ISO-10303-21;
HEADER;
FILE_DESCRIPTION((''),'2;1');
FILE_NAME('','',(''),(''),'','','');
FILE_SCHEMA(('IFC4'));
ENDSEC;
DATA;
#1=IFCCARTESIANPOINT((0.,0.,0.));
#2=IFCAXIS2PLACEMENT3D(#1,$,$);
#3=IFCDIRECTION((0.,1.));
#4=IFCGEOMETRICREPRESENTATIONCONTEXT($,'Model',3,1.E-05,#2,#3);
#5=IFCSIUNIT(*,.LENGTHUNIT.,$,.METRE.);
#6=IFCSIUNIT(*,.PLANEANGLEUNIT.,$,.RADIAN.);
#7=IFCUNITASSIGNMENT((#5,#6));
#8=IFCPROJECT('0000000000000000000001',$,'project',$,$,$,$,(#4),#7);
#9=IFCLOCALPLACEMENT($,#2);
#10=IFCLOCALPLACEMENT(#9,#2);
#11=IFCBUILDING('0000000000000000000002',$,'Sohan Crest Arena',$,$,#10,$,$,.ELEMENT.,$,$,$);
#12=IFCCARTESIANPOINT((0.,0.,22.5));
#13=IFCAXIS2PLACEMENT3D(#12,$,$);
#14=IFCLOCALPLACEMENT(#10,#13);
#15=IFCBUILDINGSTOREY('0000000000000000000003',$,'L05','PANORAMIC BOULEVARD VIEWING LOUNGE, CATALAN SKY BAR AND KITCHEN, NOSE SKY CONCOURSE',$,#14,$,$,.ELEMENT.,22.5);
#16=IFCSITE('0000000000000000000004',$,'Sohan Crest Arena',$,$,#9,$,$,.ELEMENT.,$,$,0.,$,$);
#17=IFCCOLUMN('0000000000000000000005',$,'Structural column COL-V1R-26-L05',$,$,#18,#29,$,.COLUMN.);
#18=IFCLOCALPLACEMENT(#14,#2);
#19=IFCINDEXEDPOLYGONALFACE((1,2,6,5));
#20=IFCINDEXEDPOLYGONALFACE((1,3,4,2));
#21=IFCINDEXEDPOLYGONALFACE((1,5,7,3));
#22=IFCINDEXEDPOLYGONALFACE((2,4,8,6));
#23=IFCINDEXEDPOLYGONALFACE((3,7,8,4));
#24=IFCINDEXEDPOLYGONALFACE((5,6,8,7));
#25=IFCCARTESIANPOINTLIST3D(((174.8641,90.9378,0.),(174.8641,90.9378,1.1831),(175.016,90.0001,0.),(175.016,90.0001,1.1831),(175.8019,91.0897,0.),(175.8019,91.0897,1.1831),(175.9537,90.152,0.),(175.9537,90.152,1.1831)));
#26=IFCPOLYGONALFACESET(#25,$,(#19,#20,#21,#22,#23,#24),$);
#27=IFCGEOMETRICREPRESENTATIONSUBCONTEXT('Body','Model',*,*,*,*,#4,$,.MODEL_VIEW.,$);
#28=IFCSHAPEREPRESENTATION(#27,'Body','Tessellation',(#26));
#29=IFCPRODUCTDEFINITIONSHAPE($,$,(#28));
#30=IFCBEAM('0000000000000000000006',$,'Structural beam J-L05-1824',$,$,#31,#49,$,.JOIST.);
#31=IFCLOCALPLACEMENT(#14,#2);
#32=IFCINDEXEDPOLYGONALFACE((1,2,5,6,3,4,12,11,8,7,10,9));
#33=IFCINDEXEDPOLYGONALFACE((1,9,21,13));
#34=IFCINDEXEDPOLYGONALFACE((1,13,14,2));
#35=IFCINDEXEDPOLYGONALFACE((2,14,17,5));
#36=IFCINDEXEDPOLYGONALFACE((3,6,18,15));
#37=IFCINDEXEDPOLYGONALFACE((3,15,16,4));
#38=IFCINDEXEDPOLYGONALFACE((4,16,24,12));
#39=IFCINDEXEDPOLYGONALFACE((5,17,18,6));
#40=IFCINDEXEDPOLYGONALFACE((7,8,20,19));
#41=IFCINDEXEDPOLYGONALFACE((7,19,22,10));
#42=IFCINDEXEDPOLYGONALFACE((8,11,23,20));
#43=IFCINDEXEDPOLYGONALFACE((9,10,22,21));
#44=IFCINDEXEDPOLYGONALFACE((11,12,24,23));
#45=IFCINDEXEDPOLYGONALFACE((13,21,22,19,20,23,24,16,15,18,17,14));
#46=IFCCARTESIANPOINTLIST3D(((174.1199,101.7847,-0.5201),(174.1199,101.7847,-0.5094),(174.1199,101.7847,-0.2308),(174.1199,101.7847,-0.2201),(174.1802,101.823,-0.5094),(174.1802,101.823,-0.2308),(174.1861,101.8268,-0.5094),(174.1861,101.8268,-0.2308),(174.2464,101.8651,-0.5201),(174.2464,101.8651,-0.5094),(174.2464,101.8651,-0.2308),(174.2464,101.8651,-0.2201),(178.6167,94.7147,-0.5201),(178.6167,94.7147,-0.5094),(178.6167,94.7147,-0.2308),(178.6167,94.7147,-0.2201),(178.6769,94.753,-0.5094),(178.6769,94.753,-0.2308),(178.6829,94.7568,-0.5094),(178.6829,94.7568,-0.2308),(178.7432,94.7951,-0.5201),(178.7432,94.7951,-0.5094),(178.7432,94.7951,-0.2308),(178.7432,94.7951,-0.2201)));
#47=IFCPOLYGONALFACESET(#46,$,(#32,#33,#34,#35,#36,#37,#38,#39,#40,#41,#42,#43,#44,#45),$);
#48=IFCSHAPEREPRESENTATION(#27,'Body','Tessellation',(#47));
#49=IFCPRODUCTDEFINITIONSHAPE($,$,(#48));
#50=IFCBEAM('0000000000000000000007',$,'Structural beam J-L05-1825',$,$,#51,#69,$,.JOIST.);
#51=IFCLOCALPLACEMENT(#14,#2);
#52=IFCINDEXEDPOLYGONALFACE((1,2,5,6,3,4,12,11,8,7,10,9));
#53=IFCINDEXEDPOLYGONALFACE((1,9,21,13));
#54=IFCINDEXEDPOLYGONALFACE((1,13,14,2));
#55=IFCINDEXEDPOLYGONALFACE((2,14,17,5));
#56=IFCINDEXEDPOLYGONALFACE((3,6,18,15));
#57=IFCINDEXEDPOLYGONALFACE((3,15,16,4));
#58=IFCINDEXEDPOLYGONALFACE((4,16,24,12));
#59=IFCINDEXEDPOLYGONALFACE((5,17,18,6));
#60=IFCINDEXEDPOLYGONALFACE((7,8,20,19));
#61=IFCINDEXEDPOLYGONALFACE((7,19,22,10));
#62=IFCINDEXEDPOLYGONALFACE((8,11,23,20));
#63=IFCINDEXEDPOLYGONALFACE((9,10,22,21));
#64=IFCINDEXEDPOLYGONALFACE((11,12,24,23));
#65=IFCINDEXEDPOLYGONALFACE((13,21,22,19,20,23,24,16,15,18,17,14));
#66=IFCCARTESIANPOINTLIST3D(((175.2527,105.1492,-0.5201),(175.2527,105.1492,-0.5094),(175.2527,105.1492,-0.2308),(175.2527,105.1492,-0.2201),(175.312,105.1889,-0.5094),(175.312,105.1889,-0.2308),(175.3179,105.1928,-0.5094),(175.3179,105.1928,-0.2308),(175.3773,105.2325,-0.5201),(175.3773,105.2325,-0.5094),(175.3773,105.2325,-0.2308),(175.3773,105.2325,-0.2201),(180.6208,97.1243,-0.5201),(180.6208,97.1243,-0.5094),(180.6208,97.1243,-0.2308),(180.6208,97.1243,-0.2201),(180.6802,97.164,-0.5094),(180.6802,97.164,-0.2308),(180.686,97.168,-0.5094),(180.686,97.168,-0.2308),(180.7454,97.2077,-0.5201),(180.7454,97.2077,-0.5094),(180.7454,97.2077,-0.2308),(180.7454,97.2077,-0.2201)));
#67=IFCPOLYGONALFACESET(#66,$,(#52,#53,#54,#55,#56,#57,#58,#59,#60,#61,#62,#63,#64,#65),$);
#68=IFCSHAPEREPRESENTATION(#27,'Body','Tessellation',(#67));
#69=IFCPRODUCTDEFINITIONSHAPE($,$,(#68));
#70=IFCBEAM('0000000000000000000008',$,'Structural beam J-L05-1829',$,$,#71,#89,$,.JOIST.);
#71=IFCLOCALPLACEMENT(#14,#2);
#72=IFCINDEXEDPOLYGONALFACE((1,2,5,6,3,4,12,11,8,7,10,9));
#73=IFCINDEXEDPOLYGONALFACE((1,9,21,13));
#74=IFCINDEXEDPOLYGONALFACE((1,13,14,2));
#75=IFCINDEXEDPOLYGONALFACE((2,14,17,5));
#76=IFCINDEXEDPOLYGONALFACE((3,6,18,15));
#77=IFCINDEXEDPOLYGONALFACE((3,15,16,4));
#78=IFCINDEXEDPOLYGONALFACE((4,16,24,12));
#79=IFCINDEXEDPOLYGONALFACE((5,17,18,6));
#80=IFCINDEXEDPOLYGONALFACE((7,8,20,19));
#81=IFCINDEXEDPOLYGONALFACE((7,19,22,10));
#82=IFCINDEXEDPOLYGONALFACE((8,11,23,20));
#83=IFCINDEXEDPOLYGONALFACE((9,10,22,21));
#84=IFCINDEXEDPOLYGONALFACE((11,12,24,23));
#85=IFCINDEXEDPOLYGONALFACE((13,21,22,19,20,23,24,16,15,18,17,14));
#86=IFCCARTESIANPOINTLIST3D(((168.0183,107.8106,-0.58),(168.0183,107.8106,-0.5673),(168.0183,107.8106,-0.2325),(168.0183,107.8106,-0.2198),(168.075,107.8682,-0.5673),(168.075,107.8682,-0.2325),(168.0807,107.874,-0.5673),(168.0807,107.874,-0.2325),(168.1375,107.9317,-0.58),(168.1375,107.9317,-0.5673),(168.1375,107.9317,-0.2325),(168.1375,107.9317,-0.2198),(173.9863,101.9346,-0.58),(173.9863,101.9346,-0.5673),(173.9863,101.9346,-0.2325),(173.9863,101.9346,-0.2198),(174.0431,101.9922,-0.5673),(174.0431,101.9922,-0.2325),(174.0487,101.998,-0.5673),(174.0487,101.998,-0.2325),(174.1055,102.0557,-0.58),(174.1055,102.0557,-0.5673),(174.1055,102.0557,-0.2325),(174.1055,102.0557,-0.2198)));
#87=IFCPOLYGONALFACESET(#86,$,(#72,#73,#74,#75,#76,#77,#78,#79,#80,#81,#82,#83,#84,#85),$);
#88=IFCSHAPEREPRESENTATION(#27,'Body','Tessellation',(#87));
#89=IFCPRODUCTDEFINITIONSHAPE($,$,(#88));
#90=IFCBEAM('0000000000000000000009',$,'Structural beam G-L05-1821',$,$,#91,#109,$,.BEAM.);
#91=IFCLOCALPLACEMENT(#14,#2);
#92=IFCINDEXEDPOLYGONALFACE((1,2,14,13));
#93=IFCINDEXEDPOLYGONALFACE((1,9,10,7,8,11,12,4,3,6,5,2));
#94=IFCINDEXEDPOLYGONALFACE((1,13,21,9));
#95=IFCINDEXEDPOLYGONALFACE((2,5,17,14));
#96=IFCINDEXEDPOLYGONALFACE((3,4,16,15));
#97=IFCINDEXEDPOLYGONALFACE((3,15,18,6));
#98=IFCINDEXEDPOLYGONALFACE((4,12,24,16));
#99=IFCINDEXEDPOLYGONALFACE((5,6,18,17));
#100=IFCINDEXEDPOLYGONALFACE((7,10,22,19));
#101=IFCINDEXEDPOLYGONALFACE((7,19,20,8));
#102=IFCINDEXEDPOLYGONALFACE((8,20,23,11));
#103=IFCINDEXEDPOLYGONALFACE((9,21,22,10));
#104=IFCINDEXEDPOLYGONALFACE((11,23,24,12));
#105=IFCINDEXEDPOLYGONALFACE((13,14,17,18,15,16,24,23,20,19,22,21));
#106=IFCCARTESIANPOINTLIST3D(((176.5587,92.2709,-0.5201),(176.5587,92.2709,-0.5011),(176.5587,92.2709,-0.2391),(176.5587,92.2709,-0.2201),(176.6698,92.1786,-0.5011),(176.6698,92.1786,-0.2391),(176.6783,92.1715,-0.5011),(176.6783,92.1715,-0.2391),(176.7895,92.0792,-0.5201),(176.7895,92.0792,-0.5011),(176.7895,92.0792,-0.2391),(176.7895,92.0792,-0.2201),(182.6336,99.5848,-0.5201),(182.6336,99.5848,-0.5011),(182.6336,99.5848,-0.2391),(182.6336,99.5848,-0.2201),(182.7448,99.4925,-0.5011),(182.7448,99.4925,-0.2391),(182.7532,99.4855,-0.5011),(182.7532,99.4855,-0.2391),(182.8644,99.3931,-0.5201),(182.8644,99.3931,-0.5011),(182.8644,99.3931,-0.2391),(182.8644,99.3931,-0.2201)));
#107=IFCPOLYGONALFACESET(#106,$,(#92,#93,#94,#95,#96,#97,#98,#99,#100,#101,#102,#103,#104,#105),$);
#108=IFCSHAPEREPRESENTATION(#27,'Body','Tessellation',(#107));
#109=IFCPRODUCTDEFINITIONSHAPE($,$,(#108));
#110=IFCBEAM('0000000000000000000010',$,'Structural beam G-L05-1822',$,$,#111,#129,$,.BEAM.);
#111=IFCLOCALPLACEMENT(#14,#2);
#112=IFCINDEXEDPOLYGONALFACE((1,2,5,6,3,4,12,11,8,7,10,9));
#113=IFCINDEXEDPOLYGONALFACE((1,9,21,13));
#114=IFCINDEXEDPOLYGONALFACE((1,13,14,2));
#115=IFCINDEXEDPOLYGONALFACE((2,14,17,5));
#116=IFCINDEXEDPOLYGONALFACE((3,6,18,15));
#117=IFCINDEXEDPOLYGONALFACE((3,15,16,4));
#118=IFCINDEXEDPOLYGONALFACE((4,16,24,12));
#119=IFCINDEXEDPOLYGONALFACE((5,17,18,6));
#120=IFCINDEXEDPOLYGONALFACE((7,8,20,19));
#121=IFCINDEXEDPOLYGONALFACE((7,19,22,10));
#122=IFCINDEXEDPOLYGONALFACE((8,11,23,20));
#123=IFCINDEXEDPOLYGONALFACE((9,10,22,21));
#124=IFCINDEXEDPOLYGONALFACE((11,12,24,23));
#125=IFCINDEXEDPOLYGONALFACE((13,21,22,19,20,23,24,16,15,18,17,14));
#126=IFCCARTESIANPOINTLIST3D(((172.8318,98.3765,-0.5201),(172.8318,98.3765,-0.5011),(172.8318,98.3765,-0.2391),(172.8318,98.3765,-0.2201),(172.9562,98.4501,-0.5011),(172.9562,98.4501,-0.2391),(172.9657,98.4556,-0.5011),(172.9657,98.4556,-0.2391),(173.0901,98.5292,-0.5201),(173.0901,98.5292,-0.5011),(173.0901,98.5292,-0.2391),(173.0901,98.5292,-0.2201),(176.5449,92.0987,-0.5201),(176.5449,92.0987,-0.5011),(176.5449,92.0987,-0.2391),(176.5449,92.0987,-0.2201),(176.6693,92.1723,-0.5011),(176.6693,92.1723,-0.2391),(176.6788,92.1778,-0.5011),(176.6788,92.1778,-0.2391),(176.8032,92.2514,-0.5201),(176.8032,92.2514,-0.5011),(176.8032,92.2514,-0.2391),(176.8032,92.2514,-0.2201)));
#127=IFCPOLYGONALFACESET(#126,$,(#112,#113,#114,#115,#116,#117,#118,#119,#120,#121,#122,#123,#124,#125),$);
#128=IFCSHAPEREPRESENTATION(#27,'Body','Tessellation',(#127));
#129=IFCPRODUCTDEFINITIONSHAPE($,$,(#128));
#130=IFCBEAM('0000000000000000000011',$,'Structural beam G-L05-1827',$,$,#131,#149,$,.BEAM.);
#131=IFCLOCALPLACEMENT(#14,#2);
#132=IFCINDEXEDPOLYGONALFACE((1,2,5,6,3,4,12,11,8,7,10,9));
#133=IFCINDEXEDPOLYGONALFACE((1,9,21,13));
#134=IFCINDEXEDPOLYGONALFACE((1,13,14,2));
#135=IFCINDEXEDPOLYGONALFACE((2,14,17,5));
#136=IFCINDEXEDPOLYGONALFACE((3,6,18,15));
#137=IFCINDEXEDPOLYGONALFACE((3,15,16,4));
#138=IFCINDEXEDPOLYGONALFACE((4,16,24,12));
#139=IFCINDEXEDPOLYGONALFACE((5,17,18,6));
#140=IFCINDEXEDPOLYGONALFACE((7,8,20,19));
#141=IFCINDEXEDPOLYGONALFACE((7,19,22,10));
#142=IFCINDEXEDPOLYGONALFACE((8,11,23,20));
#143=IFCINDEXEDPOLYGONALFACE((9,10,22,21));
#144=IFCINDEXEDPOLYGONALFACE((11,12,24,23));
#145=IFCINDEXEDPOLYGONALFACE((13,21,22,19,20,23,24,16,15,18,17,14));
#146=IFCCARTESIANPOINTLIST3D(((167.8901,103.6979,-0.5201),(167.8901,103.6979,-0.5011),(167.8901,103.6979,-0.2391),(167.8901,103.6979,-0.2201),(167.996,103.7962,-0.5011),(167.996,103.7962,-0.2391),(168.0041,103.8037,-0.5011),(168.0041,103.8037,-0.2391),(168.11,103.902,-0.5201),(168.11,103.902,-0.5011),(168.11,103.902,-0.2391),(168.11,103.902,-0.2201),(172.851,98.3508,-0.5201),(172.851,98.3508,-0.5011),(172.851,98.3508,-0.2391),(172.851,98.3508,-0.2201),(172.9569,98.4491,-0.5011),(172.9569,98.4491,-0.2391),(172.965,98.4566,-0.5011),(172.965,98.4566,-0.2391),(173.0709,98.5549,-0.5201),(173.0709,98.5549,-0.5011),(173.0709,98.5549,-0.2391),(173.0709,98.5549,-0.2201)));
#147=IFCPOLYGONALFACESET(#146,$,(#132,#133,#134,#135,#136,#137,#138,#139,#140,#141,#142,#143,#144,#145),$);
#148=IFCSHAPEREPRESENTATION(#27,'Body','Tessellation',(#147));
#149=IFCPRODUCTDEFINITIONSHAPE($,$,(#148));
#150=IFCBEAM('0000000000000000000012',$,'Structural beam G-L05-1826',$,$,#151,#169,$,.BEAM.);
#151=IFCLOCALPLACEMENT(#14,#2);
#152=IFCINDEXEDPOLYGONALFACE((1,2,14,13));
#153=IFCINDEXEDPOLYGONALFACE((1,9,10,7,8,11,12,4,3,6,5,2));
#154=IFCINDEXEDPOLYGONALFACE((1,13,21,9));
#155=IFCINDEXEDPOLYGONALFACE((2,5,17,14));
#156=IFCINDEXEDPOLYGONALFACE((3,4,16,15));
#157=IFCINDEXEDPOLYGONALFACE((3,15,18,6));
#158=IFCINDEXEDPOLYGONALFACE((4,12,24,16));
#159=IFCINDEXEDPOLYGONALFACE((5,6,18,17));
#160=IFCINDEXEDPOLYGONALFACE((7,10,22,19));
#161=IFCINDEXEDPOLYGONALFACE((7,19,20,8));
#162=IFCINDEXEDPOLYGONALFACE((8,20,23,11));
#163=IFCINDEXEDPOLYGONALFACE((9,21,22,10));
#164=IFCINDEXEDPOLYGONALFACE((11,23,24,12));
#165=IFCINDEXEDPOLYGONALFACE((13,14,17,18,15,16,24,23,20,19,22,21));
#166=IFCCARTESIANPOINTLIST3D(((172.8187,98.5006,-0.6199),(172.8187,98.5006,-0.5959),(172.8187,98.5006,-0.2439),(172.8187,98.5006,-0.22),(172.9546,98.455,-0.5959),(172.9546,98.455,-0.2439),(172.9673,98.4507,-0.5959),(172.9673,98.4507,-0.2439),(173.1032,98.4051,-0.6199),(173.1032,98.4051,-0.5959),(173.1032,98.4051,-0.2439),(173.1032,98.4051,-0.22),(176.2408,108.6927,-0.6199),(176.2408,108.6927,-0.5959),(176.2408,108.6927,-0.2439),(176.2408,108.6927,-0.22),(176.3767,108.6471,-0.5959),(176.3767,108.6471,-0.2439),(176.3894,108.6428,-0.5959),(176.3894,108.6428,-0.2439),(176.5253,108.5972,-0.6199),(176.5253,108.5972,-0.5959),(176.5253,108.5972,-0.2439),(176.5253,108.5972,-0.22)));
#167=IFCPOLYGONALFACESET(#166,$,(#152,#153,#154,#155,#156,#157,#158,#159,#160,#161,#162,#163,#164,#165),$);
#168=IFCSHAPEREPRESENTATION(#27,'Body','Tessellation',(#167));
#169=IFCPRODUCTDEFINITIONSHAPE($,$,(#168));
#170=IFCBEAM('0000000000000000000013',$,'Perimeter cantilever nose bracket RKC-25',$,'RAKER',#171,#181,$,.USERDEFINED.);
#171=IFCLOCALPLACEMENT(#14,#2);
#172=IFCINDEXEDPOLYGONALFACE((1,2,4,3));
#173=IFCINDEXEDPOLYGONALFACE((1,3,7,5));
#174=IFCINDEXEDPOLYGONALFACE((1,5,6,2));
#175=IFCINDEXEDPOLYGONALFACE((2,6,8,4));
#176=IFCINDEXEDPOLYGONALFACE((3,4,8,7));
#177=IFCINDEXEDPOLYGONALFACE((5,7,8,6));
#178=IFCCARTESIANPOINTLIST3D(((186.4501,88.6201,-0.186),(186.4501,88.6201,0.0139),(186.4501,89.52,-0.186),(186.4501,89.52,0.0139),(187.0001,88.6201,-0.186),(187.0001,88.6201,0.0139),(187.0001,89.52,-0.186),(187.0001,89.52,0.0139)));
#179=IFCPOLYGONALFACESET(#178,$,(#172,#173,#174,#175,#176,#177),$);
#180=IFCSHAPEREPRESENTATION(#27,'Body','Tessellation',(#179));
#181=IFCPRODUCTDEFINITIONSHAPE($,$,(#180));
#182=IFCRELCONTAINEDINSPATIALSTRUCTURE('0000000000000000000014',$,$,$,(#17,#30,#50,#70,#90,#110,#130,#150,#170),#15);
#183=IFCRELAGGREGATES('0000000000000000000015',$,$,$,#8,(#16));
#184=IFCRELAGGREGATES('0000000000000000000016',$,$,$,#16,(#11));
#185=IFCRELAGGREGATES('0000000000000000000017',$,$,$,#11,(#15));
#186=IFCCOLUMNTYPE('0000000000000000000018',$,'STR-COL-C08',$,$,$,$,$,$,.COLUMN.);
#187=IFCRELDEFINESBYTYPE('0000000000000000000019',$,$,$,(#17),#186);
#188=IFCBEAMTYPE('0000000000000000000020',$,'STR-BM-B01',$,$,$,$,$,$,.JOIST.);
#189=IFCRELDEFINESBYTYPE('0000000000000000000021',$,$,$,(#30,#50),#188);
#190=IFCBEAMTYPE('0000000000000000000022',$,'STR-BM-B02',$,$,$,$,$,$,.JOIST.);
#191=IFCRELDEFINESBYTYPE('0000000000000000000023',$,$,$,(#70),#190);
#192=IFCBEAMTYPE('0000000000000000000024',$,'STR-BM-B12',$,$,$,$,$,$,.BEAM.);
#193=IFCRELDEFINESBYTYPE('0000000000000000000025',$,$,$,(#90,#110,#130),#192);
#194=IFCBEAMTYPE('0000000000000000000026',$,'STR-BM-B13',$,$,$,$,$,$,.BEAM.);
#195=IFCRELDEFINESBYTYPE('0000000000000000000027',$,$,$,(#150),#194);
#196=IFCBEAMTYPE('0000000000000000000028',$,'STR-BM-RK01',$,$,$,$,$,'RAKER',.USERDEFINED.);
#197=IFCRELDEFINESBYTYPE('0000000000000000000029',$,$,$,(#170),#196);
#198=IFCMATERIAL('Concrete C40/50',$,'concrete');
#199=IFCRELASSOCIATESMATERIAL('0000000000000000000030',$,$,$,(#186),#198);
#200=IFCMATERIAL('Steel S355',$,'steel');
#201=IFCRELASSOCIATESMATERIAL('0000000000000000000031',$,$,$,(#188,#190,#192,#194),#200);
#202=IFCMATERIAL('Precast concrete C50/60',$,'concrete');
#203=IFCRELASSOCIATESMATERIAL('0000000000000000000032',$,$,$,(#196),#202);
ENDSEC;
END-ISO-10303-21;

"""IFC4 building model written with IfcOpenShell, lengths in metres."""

from ifc_helpers import new_model, si_unit, direction, frame, origin, origin_2d, place, context, subcontext, project, spatial, rectangle, i_section, extrude, material, material_profile, profile_set, type_object, element, save


model = new_model("IFC4")

# Units and contexts
model_context = context("Model", 3, precision=1e-05, world=origin(), true_north=direction((0.0, 1.0)))
body_context = subcontext(model_context, "Body", "Model", "MODEL_VIEW")
ifc_project = project(units=[si_unit("LENGTHUNIT", "METRE"), si_unit("PLANEANGLEUNIT", "RADIAN")], contexts=[model_context])

# Site, building, storey
site_placement = place(None, origin())
site = spatial("IfcSite", under=ifc_project, at=site_placement, Name="Sohan Crest Arena", CompositionType="ELEMENT", RefElevation=0.0)
building_placement = place(site_placement, origin())
building = spatial("IfcBuilding", under=site, at=building_placement, Name="Sohan Crest Arena", CompositionType="ELEMENT")
storey_placement = place(building_placement, frame((0.0, 0.0, 22.5)))
storey = spatial("IfcBuildingStorey", under=building, at=storey_placement, Name="L05", Description="PANORAMIC BOULEVARD VIEWING LOUNGE, CATALAN SKY BAR AND KITCHEN, NOSE SKY CONCOURSE", CompositionType="ELEMENT", Elevation=22.5)

# Column
ifc_material_1 = material(Name="Concrete C40/50", Category="concrete")
ifc_material_profile_1 = material_profile(ifc_material_1, rectangle(XDim=0.95, YDim=0.95, at=origin_2d()), Name="RC 950x950")
ifc_profile_set_1 = profile_set([ifc_material_profile_1], Name="Concrete C40/50")
column_type = type_object("IfcColumnType", Name="STR-COL-C08", PredefinedType="COLUMN", material=ifc_profile_set_1)
column_placement = place(storey_placement, frame((175.4089, 90.5449, 0.0), z_axis=(0.0, 0.0, 1.0), x_axis=(0.987136, 0.159881, 0.0)))
element("IfcColumn", 1, at=column_placement, inside=storey, type_object=column_type, Name="Structural column COL-V1R-26-L05", PredefinedType="COLUMN", context=body_context, shape_type="SweptSolid", body=[
    extrude(rectangle(XDim=0.95, YDim=0.95, at=origin_2d()), origin(), (0.0, 0.0, 1.0), 1.1831),
])

# Beams
ifc_material_2 = material(Name="Steel S355", Category="steel")
ifc_material_profile_2 = material_profile(ifc_material_2, i_section(OverallWidth=0.1499, OverallDepth=0.3, WebThickness=0.0071, FlangeThickness=0.0107, at=origin_2d()), Name="IPE 300")
ifc_profile_set_2 = profile_set([ifc_material_profile_2], Name="Steel S355")
beam_type_1 = type_object("IfcBeamType", Name="STR-BM-B01", PredefinedType="JOIST", material=ifc_profile_set_2)
beam_1_placement = place(storey_placement, frame((178.6799, 94.7549, -0.3701), z_axis=(-0.536679, 0.843786, 0.0), x_axis=(-0.843786, -0.536679, 0.0)))
element("IfcBeam", 2, at=beam_1_placement, inside=storey, type_object=beam_type_1, Name="Structural beam J-L05-1824", PredefinedType="JOIST", context=body_context, shape_type="SweptSolid", body=[
    extrude(i_section(OverallWidth=0.1499, OverallDepth=0.3, WebThickness=0.0071, FlangeThickness=0.0107, at=origin_2d()), origin(), (0.0, 0.0, 1.0), 8.3789),
])
beam_2_placement = place(storey_placement, frame((180.6831, 97.166, -0.3701), z_axis=(-0.556007, 0.831178, 0.0), x_axis=(-0.831178, -0.556007, 0.0)))
element("IfcBeam", 3, at=beam_2_placement, inside=storey, type_object=beam_type_1, Name="Structural beam J-L05-1825", PredefinedType="JOIST", context=body_context, shape_type="SweptSolid", body=[
    extrude(i_section(OverallWidth=0.1499, OverallDepth=0.3, WebThickness=0.0071, FlangeThickness=0.0107, at=origin_2d()), origin(), (0.0, 0.0, 1.0), 9.6548),
])
ifc_material_profile_3 = material_profile(ifc_material_2, i_section(OverallWidth=0.1699, OverallDepth=0.3601, WebThickness=0.0081, FlangeThickness=0.0127, at=origin_2d()), Name="IPE 360")
ifc_profile_set_3 = profile_set([ifc_material_profile_3], Name="Steel S355")
beam_type_2 = type_object("IfcBeamType", Name="STR-BM-B02", PredefinedType="JOIST", material=ifc_profile_set_3)
beam_3_placement = place(storey_placement, frame((174.0459, 101.9951, -0.3999), z_axis=(-0.71258, 0.701591, 0.0), x_axis=(-0.701591, -0.71258, 0.0)))
element("IfcBeam", 4, at=beam_3_placement, inside=storey, type_object=beam_type_2, Name="Structural beam J-L05-1829", PredefinedType="JOIST", context=body_context, shape_type="SweptSolid", body=[
    extrude(i_section(OverallWidth=0.1699, OverallDepth=0.3601, WebThickness=0.0081, FlangeThickness=0.0127, at=origin_2d()), origin(), (0.0, 0.0, 1.0), 8.3752),
])
ifc_material_profile_4 = material_profile(ifc_material_2, i_section(OverallWidth=0.3, OverallDepth=0.3, WebThickness=0.011, FlangeThickness=0.019, at=origin_2d()), Name="HEB 300")
ifc_profile_set_4 = profile_set([ifc_material_profile_4], Name="Steel S355")
beam_type_3 = type_object("IfcBeamType", Name="STR-BM-B12", PredefinedType="BEAM", material=ifc_profile_set_4)
beam_4_placement = place(storey_placement, frame((176.6741, 92.175, -0.3701), z_axis=(0.638941, 0.769256, 0.0), x_axis=(-0.769256, 0.638941, 0.0)))
element("IfcBeam", 5, at=beam_4_placement, inside=storey, type_object=beam_type_3, Name="Structural beam G-L05-1821", PredefinedType="BEAM", context=body_context, shape_type="SweptSolid", body=[
    extrude(i_section(OverallWidth=0.3, OverallDepth=0.3, WebThickness=0.011, FlangeThickness=0.019, at=origin_2d()), origin(), (0.0, 0.0, 1.0), 9.5078),
])
beam_5_placement = place(storey_placement, frame((176.6741, 92.175, -0.3701), z_axis=(-0.509086, 0.860716, 0.0), x_axis=(-0.860716, -0.509086, 0.0)))
element("IfcBeam", 6, at=beam_5_placement, inside=storey, type_object=beam_type_3, Name="Structural beam G-L05-1822", PredefinedType="BEAM", context=body_context, shape_type="SweptSolid", body=[
    extrude(i_section(OverallWidth=0.3, OverallDepth=0.3, WebThickness=0.011, FlangeThickness=0.019, at=origin_2d()), origin(), (0.0, 0.0, 1.0), 7.2937),
])
beam_6_placement = place(storey_placement, frame((172.9609, 98.4529, -0.3701), z_axis=(-0.680135, 0.733087, 0.0), x_axis=(-0.733087, -0.680135, 0.0)))
element("IfcBeam", 7, at=beam_6_placement, inside=storey, type_object=beam_type_3, Name="Structural beam G-L05-1827", PredefinedType="BEAM", context=body_context, shape_type="SweptSolid", body=[
    extrude(i_section(OverallWidth=0.3, OverallDepth=0.3, WebThickness=0.011, FlangeThickness=0.019, at=origin_2d()), origin(), (0.0, 0.0, 1.0), 7.2939),
])
ifc_material_profile_5 = material_profile(ifc_material_2, i_section(OverallWidth=0.3, OverallDepth=0.3999, WebThickness=0.0134, FlangeThickness=0.0239, at=origin_2d()), Name="HEB 400")
ifc_profile_set_5 = profile_set([ifc_material_profile_5], Name="Steel S355")
beam_type_4 = type_object("IfcBeamType", Name="STR-BM-B13", PredefinedType="BEAM", material=ifc_profile_set_5)
beam_7_placement = place(storey_placement, frame((172.9609, 98.4529, -0.4199), z_axis=(0.318298, 0.947991, 0.0), x_axis=(-0.947991, 0.318298, 0.0)))
element("IfcBeam", 8, at=beam_7_placement, inside=storey, type_object=beam_type_4, Name="Structural beam G-L05-1826", PredefinedType="BEAM", context=body_context, shape_type="SweptSolid", body=[
    extrude(i_section(OverallWidth=0.3, OverallDepth=0.3999, WebThickness=0.0134, FlangeThickness=0.0239, at=origin_2d()), origin(), (0.0, 0.0, 1.0), 10.7512),
])
ifc_material_3 = material(Name="Precast concrete C50/60", Category="concrete")
ifc_material_profile_6 = material_profile(ifc_material_3, rectangle(XDim=0.55, YDim=0.8999, at=origin_2d()), Name="RAKER 550x900")
ifc_profile_set_6 = profile_set([ifc_material_profile_6], Name="Precast concrete C50/60")
beam_type_5 = type_object("IfcBeamType", Name="STR-BM-RK01", ElementType="RAKER", PredefinedType="USERDEFINED", material=ifc_profile_set_6)
beam_8_placement = place(storey_placement, frame((186.7251, 89.0701, 0.0139), z_axis=(0.0, 0.0, -1.0), x_axis=(1.0, 0.0, 0.0)))
element("IfcBeam", 9, at=beam_8_placement, inside=storey, type_object=beam_type_5, Name="Perimeter cantilever nose bracket RKC-25", ObjectType="RAKER", PredefinedType="USERDEFINED", context=body_context, shape_type="SweptSolid", body=[
    extrude(rectangle(XDim=0.55, YDim=0.8999, at=origin_2d()), origin(), (0.0, 0.0, 1.0), 0.2),
])

save(model, "model.ifc")
